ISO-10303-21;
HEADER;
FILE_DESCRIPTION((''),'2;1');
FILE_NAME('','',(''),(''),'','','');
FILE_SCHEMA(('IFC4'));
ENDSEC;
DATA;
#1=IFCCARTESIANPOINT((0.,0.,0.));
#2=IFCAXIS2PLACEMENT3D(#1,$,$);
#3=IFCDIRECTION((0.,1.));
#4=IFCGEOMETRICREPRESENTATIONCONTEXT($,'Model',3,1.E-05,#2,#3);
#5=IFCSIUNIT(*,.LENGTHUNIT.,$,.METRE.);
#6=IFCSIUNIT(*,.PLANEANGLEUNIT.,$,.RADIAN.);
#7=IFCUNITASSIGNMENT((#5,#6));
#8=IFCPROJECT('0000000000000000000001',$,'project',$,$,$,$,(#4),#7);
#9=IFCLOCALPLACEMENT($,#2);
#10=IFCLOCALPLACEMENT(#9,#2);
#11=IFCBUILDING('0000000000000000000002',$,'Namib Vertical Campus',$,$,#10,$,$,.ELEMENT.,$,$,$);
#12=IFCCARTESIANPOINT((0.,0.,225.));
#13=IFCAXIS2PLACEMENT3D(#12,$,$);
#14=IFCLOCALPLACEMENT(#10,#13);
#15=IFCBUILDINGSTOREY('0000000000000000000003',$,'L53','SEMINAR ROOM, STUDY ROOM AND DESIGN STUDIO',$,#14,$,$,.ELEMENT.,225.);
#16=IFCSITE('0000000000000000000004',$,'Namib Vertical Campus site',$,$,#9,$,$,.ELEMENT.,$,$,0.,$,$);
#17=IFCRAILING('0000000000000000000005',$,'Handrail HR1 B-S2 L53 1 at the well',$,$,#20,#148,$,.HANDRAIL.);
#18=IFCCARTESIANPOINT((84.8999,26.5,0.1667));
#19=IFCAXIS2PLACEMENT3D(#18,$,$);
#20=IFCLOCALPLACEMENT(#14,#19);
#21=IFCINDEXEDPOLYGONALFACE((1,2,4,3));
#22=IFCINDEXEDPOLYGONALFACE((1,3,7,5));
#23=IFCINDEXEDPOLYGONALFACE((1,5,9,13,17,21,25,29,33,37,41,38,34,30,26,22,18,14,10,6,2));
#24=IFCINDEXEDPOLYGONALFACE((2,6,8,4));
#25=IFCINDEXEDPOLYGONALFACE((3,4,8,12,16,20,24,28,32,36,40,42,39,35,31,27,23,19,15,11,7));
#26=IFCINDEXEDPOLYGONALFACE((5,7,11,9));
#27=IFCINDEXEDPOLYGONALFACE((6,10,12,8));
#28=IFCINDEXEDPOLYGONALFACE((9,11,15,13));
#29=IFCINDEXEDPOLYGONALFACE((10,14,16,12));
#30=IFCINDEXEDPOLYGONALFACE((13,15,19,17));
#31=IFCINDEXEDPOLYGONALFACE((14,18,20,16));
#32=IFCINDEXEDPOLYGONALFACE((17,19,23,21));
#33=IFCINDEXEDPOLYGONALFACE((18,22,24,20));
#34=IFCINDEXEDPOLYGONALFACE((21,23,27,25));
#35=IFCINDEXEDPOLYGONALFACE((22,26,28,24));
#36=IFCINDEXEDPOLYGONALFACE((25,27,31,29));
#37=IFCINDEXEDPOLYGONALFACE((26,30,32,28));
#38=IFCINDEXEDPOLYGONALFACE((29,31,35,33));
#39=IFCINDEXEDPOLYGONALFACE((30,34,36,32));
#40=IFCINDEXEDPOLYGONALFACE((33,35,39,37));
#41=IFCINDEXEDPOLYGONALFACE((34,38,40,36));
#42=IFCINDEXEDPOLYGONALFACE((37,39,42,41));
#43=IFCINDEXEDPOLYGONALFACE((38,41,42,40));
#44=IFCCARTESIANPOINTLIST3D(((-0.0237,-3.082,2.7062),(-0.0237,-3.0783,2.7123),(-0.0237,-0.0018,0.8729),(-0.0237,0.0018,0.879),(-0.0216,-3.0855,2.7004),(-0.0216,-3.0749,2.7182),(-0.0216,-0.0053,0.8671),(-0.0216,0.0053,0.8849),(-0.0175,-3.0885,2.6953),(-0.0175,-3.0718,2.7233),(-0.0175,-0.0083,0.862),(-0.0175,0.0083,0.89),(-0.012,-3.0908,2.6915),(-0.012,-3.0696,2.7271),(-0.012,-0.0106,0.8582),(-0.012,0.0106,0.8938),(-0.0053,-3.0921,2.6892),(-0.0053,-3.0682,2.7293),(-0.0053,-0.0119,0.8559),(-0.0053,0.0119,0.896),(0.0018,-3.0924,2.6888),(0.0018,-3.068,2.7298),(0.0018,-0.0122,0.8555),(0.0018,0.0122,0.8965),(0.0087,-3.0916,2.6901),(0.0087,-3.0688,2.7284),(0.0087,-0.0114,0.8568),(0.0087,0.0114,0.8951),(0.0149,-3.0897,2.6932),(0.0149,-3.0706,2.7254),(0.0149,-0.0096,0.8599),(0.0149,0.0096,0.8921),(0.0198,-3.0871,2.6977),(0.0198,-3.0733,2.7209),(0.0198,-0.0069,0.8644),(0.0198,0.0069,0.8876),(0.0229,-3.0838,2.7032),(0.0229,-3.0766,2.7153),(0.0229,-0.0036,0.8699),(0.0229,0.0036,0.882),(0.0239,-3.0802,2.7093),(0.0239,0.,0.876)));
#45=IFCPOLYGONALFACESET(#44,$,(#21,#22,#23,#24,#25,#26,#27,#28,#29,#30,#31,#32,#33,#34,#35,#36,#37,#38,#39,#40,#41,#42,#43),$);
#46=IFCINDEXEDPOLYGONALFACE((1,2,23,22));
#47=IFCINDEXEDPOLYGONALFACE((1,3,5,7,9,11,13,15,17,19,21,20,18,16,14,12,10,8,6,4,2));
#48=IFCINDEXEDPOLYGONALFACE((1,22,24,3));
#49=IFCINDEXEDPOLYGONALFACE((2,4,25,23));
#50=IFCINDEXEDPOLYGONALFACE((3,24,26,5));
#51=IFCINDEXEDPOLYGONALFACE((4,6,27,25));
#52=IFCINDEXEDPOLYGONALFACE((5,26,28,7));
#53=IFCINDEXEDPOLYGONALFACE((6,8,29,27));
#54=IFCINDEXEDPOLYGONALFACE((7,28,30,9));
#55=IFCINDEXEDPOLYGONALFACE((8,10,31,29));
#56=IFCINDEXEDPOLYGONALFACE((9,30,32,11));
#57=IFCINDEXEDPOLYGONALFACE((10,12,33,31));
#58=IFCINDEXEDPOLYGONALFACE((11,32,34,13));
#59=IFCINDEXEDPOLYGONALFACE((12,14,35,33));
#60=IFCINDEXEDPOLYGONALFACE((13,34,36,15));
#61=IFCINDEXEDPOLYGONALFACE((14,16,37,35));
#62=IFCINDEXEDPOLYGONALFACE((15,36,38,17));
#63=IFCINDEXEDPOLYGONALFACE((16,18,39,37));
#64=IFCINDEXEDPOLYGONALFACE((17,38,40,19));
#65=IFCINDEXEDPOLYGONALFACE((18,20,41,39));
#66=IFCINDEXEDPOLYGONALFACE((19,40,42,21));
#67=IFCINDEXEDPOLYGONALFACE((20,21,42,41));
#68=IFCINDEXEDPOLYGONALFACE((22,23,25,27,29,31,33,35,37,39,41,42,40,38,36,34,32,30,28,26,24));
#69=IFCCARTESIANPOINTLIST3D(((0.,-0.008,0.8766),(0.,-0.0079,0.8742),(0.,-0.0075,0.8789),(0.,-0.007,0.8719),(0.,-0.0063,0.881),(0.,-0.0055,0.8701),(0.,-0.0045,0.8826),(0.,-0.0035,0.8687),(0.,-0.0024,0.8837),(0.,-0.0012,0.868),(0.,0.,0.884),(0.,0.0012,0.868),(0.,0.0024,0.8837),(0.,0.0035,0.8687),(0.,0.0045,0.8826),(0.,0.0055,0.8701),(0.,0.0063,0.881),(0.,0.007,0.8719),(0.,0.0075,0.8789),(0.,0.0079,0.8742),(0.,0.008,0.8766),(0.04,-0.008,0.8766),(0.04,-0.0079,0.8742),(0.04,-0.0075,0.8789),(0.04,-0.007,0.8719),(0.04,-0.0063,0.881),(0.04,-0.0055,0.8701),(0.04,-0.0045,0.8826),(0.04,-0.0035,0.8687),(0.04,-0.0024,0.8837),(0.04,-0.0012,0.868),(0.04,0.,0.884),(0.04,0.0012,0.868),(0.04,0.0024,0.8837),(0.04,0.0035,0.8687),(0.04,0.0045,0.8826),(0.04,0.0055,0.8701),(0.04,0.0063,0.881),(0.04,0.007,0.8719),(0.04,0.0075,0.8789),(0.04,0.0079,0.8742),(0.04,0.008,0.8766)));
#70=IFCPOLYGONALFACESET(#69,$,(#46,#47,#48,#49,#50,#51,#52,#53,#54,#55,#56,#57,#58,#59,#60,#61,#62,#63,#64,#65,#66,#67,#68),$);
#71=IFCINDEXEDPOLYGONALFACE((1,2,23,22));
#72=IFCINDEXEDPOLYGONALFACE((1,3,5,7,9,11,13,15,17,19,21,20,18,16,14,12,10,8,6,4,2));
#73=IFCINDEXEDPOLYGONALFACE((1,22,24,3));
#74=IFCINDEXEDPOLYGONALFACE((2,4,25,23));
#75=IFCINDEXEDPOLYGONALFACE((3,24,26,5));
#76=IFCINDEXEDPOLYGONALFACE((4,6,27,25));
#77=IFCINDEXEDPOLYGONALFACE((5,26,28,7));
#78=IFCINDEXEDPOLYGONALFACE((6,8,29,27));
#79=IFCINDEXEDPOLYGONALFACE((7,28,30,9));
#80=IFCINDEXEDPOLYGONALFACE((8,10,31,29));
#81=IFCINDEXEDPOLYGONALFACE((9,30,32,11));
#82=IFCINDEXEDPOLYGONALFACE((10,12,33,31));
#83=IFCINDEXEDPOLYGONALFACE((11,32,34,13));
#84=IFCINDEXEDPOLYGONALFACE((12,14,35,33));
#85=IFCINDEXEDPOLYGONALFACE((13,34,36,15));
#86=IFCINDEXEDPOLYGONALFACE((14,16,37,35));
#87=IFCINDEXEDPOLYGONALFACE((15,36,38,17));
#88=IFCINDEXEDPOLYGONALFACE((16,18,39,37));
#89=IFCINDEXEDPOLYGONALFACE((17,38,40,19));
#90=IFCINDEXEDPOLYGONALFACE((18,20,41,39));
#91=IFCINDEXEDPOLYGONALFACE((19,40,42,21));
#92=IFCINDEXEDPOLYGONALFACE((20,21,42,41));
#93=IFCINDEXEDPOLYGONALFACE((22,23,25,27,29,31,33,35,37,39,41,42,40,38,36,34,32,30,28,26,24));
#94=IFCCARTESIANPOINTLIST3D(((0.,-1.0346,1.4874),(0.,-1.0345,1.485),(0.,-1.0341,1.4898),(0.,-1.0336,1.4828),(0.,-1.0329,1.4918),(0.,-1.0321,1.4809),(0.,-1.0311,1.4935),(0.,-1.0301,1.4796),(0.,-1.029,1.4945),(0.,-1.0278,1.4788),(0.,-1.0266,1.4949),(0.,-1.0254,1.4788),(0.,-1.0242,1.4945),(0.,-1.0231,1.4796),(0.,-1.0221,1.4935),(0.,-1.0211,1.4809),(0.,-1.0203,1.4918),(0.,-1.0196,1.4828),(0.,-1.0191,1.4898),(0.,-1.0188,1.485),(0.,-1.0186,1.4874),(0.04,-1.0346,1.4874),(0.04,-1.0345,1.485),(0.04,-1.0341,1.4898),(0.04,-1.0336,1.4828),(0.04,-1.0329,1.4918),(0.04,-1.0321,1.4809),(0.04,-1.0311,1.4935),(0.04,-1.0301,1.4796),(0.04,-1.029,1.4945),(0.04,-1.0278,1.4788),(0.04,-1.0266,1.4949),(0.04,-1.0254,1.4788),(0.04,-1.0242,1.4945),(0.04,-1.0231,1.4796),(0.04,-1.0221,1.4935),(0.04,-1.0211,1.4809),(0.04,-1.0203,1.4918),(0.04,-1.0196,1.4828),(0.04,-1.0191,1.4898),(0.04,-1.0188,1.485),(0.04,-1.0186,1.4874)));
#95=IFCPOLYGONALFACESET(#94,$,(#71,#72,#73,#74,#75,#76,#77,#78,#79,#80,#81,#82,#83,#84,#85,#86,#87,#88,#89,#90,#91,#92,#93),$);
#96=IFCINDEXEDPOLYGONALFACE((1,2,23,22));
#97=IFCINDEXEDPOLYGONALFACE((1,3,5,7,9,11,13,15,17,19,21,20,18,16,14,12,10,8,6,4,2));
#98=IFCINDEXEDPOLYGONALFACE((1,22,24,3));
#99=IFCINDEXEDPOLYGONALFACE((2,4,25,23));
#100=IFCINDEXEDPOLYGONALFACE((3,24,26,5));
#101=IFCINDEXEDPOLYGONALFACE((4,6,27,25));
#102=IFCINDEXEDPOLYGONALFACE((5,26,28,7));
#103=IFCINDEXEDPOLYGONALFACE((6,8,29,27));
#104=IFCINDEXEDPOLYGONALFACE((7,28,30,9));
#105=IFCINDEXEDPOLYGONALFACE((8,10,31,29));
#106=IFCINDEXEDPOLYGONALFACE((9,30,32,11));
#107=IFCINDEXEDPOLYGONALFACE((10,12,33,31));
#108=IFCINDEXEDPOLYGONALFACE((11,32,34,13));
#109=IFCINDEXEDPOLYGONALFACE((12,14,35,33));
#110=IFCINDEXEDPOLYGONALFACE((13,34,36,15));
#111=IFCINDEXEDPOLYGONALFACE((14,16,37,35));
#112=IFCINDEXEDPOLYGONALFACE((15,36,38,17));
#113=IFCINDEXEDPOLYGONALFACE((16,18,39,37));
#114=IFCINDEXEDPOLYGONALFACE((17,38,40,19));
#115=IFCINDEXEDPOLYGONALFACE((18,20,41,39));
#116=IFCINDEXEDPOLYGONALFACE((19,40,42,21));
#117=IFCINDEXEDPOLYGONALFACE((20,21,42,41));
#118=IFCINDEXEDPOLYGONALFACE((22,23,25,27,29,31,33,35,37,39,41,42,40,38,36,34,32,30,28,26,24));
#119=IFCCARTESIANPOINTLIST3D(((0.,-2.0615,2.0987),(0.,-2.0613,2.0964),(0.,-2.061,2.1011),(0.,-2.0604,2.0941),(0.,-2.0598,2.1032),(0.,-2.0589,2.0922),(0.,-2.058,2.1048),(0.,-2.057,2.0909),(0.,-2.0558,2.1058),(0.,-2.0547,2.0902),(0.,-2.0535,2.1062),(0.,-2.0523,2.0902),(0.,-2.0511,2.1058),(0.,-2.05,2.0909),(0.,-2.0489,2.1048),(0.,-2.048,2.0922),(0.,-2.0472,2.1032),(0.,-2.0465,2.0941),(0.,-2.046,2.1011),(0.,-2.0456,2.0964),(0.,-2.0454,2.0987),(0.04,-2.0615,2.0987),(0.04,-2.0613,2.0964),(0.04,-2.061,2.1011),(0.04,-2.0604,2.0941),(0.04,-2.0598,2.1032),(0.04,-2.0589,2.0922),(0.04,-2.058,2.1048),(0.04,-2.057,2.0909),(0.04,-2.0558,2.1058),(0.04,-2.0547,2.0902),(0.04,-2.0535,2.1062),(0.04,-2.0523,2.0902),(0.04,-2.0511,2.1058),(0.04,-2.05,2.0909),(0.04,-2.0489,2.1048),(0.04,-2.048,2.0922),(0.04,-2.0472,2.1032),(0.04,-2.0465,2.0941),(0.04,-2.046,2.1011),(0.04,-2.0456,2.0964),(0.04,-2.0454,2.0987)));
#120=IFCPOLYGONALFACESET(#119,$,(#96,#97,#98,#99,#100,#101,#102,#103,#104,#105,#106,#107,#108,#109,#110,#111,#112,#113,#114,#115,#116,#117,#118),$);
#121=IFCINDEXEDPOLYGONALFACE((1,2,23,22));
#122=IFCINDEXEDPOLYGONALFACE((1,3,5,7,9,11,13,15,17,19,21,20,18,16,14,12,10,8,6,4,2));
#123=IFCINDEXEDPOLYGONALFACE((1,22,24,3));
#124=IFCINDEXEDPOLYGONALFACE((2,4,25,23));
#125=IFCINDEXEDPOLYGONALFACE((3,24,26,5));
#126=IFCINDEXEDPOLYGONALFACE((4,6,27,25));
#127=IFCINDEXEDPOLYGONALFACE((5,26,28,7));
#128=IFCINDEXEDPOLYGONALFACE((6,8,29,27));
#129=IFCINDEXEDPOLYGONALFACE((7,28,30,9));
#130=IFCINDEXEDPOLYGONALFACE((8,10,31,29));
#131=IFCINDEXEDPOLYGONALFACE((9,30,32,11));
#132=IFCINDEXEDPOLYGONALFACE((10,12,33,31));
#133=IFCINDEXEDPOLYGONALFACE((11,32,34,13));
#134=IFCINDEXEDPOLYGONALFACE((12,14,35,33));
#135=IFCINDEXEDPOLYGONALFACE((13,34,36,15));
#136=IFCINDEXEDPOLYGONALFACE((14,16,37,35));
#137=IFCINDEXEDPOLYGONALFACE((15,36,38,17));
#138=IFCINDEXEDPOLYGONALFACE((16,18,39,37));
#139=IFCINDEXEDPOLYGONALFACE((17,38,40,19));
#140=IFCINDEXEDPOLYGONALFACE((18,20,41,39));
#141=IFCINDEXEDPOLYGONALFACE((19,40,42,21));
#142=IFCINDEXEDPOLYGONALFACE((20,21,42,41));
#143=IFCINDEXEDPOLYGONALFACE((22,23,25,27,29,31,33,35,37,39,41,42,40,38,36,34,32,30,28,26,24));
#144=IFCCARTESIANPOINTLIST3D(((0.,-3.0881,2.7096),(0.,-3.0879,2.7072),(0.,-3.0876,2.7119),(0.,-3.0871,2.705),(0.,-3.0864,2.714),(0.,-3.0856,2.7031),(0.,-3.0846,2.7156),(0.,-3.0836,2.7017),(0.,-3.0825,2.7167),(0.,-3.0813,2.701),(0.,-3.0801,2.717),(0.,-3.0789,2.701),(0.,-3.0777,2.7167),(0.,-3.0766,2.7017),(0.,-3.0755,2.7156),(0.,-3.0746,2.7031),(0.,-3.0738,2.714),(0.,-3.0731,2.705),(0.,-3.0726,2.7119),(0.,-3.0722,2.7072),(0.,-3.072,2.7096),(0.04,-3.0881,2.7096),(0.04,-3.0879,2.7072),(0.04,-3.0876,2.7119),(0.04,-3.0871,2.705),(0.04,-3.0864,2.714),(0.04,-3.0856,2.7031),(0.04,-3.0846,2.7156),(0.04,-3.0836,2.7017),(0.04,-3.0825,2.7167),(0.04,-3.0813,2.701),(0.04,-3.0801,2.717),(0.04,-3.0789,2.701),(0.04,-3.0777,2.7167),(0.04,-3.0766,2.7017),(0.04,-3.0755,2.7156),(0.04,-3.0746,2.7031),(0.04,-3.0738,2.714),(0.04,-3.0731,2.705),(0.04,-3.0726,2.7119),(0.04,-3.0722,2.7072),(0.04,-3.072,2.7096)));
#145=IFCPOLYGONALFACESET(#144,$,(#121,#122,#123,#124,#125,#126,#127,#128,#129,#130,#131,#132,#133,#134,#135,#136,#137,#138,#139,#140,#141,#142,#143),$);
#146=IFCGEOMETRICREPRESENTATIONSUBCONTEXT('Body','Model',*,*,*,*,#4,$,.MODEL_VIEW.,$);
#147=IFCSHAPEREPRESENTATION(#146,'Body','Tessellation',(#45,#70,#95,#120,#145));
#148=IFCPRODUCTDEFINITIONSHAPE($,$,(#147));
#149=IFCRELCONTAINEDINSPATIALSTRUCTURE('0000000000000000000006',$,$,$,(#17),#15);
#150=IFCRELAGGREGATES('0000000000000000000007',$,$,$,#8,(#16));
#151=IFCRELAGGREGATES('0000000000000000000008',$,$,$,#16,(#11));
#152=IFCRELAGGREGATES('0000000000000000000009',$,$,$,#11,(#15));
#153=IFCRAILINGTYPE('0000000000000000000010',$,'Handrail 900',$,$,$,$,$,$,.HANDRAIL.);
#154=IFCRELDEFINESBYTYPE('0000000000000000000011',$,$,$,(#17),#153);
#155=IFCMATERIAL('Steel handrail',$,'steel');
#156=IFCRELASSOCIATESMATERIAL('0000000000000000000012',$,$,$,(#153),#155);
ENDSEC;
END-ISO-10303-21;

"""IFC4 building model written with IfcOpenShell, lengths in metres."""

from ifc_helpers import new_model, si_unit, direction, frame, origin, origin_2d, place, context, subcontext, project, spatial, circle, extrude, material, type_object, element, save


model = new_model("IFC4")

# Units and contexts
model_context = context("Model", 3, precision=1e-05, world=origin(), true_north=direction((0.0, 1.0)))
body_context = subcontext(model_context, "Body", "Model", "MODEL_VIEW")
ifc_project = project(units=[si_unit("LENGTHUNIT", "METRE"), si_unit("PLANEANGLEUNIT", "RADIAN")], contexts=[model_context])

# Site, building, storey
site_placement = place(None, origin())
site = spatial("IfcSite", under=ifc_project, at=site_placement, Name="Namib Vertical Campus site", CompositionType="ELEMENT", RefElevation=0.0)
building_placement = place(site_placement, origin())
building = spatial("IfcBuilding", under=site, at=building_placement, Name="Namib Vertical Campus", CompositionType="ELEMENT")
storey_placement = place(building_placement, frame((0.0, 0.0, 225.0)))
storey = spatial("IfcBuildingStorey", under=building, at=storey_placement, Name="L53", Description="SEMINAR ROOM, STUDY ROOM AND DESIGN STUDIO", CompositionType="ELEMENT", Elevation=225.0)

# Railing
ifc_material_1 = material(Name="Steel handrail", Category="steel")
railing_type_1 = type_object("IfcRailingType", Name="Handrail 900", PredefinedType="HANDRAIL", material=ifc_material_1)
railing_1_placement = place(storey_placement, frame((84.8999, 26.5, 0.1667)))
element("IfcRailing", 1, at=railing_1_placement, inside=storey, type_object=railing_type_1, Name="Handrail HR1 B-S2 L53 1 at the well", PredefinedType="HANDRAIL", context=body_context, shape_type="SweptSolid", body=[
    extrude(circle(Radius=0.0239, at=origin_2d()), frame((0.0, 0.0, 0.876), z_axis=(0.0, -0.859309, 0.511458), x_axis=(1.0, 0.0, 0.0)), (0.0, 0.0, 1.0), 3.5845),
    extrude(circle(Radius=0.0081, at=origin_2d()), frame((0.0, 0.0, 0.876), z_axis=(1.0, 0.0, 0.0), x_axis=(0.0, 0.0, 1.0)), (0.0, 0.0, 1.0), 0.04),
    extrude(circle(Radius=0.0081, at=origin_2d()), frame((0.0, -1.0266, 1.4868), z_axis=(1.0, 0.0, 0.0), x_axis=(0.0, 0.0, 1.0)), (0.0, 0.0, 1.0), 0.04),
    extrude(circle(Radius=0.0081, at=origin_2d()), frame((0.0, -2.0535, 2.0981), z_axis=(1.0, 0.0, 0.0), x_axis=(0.0, 0.0, 1.0)), (0.0, 0.0, 1.0), 0.04),
    extrude(circle(Radius=0.0081, at=origin_2d()), frame((0.0, -3.0801, 2.709), z_axis=(1.0, 0.0, 0.0), x_axis=(0.0, 0.0, 1.0)), (0.0, 0.0, 1.0), 0.04),
])

save(model, "model.ifc")
